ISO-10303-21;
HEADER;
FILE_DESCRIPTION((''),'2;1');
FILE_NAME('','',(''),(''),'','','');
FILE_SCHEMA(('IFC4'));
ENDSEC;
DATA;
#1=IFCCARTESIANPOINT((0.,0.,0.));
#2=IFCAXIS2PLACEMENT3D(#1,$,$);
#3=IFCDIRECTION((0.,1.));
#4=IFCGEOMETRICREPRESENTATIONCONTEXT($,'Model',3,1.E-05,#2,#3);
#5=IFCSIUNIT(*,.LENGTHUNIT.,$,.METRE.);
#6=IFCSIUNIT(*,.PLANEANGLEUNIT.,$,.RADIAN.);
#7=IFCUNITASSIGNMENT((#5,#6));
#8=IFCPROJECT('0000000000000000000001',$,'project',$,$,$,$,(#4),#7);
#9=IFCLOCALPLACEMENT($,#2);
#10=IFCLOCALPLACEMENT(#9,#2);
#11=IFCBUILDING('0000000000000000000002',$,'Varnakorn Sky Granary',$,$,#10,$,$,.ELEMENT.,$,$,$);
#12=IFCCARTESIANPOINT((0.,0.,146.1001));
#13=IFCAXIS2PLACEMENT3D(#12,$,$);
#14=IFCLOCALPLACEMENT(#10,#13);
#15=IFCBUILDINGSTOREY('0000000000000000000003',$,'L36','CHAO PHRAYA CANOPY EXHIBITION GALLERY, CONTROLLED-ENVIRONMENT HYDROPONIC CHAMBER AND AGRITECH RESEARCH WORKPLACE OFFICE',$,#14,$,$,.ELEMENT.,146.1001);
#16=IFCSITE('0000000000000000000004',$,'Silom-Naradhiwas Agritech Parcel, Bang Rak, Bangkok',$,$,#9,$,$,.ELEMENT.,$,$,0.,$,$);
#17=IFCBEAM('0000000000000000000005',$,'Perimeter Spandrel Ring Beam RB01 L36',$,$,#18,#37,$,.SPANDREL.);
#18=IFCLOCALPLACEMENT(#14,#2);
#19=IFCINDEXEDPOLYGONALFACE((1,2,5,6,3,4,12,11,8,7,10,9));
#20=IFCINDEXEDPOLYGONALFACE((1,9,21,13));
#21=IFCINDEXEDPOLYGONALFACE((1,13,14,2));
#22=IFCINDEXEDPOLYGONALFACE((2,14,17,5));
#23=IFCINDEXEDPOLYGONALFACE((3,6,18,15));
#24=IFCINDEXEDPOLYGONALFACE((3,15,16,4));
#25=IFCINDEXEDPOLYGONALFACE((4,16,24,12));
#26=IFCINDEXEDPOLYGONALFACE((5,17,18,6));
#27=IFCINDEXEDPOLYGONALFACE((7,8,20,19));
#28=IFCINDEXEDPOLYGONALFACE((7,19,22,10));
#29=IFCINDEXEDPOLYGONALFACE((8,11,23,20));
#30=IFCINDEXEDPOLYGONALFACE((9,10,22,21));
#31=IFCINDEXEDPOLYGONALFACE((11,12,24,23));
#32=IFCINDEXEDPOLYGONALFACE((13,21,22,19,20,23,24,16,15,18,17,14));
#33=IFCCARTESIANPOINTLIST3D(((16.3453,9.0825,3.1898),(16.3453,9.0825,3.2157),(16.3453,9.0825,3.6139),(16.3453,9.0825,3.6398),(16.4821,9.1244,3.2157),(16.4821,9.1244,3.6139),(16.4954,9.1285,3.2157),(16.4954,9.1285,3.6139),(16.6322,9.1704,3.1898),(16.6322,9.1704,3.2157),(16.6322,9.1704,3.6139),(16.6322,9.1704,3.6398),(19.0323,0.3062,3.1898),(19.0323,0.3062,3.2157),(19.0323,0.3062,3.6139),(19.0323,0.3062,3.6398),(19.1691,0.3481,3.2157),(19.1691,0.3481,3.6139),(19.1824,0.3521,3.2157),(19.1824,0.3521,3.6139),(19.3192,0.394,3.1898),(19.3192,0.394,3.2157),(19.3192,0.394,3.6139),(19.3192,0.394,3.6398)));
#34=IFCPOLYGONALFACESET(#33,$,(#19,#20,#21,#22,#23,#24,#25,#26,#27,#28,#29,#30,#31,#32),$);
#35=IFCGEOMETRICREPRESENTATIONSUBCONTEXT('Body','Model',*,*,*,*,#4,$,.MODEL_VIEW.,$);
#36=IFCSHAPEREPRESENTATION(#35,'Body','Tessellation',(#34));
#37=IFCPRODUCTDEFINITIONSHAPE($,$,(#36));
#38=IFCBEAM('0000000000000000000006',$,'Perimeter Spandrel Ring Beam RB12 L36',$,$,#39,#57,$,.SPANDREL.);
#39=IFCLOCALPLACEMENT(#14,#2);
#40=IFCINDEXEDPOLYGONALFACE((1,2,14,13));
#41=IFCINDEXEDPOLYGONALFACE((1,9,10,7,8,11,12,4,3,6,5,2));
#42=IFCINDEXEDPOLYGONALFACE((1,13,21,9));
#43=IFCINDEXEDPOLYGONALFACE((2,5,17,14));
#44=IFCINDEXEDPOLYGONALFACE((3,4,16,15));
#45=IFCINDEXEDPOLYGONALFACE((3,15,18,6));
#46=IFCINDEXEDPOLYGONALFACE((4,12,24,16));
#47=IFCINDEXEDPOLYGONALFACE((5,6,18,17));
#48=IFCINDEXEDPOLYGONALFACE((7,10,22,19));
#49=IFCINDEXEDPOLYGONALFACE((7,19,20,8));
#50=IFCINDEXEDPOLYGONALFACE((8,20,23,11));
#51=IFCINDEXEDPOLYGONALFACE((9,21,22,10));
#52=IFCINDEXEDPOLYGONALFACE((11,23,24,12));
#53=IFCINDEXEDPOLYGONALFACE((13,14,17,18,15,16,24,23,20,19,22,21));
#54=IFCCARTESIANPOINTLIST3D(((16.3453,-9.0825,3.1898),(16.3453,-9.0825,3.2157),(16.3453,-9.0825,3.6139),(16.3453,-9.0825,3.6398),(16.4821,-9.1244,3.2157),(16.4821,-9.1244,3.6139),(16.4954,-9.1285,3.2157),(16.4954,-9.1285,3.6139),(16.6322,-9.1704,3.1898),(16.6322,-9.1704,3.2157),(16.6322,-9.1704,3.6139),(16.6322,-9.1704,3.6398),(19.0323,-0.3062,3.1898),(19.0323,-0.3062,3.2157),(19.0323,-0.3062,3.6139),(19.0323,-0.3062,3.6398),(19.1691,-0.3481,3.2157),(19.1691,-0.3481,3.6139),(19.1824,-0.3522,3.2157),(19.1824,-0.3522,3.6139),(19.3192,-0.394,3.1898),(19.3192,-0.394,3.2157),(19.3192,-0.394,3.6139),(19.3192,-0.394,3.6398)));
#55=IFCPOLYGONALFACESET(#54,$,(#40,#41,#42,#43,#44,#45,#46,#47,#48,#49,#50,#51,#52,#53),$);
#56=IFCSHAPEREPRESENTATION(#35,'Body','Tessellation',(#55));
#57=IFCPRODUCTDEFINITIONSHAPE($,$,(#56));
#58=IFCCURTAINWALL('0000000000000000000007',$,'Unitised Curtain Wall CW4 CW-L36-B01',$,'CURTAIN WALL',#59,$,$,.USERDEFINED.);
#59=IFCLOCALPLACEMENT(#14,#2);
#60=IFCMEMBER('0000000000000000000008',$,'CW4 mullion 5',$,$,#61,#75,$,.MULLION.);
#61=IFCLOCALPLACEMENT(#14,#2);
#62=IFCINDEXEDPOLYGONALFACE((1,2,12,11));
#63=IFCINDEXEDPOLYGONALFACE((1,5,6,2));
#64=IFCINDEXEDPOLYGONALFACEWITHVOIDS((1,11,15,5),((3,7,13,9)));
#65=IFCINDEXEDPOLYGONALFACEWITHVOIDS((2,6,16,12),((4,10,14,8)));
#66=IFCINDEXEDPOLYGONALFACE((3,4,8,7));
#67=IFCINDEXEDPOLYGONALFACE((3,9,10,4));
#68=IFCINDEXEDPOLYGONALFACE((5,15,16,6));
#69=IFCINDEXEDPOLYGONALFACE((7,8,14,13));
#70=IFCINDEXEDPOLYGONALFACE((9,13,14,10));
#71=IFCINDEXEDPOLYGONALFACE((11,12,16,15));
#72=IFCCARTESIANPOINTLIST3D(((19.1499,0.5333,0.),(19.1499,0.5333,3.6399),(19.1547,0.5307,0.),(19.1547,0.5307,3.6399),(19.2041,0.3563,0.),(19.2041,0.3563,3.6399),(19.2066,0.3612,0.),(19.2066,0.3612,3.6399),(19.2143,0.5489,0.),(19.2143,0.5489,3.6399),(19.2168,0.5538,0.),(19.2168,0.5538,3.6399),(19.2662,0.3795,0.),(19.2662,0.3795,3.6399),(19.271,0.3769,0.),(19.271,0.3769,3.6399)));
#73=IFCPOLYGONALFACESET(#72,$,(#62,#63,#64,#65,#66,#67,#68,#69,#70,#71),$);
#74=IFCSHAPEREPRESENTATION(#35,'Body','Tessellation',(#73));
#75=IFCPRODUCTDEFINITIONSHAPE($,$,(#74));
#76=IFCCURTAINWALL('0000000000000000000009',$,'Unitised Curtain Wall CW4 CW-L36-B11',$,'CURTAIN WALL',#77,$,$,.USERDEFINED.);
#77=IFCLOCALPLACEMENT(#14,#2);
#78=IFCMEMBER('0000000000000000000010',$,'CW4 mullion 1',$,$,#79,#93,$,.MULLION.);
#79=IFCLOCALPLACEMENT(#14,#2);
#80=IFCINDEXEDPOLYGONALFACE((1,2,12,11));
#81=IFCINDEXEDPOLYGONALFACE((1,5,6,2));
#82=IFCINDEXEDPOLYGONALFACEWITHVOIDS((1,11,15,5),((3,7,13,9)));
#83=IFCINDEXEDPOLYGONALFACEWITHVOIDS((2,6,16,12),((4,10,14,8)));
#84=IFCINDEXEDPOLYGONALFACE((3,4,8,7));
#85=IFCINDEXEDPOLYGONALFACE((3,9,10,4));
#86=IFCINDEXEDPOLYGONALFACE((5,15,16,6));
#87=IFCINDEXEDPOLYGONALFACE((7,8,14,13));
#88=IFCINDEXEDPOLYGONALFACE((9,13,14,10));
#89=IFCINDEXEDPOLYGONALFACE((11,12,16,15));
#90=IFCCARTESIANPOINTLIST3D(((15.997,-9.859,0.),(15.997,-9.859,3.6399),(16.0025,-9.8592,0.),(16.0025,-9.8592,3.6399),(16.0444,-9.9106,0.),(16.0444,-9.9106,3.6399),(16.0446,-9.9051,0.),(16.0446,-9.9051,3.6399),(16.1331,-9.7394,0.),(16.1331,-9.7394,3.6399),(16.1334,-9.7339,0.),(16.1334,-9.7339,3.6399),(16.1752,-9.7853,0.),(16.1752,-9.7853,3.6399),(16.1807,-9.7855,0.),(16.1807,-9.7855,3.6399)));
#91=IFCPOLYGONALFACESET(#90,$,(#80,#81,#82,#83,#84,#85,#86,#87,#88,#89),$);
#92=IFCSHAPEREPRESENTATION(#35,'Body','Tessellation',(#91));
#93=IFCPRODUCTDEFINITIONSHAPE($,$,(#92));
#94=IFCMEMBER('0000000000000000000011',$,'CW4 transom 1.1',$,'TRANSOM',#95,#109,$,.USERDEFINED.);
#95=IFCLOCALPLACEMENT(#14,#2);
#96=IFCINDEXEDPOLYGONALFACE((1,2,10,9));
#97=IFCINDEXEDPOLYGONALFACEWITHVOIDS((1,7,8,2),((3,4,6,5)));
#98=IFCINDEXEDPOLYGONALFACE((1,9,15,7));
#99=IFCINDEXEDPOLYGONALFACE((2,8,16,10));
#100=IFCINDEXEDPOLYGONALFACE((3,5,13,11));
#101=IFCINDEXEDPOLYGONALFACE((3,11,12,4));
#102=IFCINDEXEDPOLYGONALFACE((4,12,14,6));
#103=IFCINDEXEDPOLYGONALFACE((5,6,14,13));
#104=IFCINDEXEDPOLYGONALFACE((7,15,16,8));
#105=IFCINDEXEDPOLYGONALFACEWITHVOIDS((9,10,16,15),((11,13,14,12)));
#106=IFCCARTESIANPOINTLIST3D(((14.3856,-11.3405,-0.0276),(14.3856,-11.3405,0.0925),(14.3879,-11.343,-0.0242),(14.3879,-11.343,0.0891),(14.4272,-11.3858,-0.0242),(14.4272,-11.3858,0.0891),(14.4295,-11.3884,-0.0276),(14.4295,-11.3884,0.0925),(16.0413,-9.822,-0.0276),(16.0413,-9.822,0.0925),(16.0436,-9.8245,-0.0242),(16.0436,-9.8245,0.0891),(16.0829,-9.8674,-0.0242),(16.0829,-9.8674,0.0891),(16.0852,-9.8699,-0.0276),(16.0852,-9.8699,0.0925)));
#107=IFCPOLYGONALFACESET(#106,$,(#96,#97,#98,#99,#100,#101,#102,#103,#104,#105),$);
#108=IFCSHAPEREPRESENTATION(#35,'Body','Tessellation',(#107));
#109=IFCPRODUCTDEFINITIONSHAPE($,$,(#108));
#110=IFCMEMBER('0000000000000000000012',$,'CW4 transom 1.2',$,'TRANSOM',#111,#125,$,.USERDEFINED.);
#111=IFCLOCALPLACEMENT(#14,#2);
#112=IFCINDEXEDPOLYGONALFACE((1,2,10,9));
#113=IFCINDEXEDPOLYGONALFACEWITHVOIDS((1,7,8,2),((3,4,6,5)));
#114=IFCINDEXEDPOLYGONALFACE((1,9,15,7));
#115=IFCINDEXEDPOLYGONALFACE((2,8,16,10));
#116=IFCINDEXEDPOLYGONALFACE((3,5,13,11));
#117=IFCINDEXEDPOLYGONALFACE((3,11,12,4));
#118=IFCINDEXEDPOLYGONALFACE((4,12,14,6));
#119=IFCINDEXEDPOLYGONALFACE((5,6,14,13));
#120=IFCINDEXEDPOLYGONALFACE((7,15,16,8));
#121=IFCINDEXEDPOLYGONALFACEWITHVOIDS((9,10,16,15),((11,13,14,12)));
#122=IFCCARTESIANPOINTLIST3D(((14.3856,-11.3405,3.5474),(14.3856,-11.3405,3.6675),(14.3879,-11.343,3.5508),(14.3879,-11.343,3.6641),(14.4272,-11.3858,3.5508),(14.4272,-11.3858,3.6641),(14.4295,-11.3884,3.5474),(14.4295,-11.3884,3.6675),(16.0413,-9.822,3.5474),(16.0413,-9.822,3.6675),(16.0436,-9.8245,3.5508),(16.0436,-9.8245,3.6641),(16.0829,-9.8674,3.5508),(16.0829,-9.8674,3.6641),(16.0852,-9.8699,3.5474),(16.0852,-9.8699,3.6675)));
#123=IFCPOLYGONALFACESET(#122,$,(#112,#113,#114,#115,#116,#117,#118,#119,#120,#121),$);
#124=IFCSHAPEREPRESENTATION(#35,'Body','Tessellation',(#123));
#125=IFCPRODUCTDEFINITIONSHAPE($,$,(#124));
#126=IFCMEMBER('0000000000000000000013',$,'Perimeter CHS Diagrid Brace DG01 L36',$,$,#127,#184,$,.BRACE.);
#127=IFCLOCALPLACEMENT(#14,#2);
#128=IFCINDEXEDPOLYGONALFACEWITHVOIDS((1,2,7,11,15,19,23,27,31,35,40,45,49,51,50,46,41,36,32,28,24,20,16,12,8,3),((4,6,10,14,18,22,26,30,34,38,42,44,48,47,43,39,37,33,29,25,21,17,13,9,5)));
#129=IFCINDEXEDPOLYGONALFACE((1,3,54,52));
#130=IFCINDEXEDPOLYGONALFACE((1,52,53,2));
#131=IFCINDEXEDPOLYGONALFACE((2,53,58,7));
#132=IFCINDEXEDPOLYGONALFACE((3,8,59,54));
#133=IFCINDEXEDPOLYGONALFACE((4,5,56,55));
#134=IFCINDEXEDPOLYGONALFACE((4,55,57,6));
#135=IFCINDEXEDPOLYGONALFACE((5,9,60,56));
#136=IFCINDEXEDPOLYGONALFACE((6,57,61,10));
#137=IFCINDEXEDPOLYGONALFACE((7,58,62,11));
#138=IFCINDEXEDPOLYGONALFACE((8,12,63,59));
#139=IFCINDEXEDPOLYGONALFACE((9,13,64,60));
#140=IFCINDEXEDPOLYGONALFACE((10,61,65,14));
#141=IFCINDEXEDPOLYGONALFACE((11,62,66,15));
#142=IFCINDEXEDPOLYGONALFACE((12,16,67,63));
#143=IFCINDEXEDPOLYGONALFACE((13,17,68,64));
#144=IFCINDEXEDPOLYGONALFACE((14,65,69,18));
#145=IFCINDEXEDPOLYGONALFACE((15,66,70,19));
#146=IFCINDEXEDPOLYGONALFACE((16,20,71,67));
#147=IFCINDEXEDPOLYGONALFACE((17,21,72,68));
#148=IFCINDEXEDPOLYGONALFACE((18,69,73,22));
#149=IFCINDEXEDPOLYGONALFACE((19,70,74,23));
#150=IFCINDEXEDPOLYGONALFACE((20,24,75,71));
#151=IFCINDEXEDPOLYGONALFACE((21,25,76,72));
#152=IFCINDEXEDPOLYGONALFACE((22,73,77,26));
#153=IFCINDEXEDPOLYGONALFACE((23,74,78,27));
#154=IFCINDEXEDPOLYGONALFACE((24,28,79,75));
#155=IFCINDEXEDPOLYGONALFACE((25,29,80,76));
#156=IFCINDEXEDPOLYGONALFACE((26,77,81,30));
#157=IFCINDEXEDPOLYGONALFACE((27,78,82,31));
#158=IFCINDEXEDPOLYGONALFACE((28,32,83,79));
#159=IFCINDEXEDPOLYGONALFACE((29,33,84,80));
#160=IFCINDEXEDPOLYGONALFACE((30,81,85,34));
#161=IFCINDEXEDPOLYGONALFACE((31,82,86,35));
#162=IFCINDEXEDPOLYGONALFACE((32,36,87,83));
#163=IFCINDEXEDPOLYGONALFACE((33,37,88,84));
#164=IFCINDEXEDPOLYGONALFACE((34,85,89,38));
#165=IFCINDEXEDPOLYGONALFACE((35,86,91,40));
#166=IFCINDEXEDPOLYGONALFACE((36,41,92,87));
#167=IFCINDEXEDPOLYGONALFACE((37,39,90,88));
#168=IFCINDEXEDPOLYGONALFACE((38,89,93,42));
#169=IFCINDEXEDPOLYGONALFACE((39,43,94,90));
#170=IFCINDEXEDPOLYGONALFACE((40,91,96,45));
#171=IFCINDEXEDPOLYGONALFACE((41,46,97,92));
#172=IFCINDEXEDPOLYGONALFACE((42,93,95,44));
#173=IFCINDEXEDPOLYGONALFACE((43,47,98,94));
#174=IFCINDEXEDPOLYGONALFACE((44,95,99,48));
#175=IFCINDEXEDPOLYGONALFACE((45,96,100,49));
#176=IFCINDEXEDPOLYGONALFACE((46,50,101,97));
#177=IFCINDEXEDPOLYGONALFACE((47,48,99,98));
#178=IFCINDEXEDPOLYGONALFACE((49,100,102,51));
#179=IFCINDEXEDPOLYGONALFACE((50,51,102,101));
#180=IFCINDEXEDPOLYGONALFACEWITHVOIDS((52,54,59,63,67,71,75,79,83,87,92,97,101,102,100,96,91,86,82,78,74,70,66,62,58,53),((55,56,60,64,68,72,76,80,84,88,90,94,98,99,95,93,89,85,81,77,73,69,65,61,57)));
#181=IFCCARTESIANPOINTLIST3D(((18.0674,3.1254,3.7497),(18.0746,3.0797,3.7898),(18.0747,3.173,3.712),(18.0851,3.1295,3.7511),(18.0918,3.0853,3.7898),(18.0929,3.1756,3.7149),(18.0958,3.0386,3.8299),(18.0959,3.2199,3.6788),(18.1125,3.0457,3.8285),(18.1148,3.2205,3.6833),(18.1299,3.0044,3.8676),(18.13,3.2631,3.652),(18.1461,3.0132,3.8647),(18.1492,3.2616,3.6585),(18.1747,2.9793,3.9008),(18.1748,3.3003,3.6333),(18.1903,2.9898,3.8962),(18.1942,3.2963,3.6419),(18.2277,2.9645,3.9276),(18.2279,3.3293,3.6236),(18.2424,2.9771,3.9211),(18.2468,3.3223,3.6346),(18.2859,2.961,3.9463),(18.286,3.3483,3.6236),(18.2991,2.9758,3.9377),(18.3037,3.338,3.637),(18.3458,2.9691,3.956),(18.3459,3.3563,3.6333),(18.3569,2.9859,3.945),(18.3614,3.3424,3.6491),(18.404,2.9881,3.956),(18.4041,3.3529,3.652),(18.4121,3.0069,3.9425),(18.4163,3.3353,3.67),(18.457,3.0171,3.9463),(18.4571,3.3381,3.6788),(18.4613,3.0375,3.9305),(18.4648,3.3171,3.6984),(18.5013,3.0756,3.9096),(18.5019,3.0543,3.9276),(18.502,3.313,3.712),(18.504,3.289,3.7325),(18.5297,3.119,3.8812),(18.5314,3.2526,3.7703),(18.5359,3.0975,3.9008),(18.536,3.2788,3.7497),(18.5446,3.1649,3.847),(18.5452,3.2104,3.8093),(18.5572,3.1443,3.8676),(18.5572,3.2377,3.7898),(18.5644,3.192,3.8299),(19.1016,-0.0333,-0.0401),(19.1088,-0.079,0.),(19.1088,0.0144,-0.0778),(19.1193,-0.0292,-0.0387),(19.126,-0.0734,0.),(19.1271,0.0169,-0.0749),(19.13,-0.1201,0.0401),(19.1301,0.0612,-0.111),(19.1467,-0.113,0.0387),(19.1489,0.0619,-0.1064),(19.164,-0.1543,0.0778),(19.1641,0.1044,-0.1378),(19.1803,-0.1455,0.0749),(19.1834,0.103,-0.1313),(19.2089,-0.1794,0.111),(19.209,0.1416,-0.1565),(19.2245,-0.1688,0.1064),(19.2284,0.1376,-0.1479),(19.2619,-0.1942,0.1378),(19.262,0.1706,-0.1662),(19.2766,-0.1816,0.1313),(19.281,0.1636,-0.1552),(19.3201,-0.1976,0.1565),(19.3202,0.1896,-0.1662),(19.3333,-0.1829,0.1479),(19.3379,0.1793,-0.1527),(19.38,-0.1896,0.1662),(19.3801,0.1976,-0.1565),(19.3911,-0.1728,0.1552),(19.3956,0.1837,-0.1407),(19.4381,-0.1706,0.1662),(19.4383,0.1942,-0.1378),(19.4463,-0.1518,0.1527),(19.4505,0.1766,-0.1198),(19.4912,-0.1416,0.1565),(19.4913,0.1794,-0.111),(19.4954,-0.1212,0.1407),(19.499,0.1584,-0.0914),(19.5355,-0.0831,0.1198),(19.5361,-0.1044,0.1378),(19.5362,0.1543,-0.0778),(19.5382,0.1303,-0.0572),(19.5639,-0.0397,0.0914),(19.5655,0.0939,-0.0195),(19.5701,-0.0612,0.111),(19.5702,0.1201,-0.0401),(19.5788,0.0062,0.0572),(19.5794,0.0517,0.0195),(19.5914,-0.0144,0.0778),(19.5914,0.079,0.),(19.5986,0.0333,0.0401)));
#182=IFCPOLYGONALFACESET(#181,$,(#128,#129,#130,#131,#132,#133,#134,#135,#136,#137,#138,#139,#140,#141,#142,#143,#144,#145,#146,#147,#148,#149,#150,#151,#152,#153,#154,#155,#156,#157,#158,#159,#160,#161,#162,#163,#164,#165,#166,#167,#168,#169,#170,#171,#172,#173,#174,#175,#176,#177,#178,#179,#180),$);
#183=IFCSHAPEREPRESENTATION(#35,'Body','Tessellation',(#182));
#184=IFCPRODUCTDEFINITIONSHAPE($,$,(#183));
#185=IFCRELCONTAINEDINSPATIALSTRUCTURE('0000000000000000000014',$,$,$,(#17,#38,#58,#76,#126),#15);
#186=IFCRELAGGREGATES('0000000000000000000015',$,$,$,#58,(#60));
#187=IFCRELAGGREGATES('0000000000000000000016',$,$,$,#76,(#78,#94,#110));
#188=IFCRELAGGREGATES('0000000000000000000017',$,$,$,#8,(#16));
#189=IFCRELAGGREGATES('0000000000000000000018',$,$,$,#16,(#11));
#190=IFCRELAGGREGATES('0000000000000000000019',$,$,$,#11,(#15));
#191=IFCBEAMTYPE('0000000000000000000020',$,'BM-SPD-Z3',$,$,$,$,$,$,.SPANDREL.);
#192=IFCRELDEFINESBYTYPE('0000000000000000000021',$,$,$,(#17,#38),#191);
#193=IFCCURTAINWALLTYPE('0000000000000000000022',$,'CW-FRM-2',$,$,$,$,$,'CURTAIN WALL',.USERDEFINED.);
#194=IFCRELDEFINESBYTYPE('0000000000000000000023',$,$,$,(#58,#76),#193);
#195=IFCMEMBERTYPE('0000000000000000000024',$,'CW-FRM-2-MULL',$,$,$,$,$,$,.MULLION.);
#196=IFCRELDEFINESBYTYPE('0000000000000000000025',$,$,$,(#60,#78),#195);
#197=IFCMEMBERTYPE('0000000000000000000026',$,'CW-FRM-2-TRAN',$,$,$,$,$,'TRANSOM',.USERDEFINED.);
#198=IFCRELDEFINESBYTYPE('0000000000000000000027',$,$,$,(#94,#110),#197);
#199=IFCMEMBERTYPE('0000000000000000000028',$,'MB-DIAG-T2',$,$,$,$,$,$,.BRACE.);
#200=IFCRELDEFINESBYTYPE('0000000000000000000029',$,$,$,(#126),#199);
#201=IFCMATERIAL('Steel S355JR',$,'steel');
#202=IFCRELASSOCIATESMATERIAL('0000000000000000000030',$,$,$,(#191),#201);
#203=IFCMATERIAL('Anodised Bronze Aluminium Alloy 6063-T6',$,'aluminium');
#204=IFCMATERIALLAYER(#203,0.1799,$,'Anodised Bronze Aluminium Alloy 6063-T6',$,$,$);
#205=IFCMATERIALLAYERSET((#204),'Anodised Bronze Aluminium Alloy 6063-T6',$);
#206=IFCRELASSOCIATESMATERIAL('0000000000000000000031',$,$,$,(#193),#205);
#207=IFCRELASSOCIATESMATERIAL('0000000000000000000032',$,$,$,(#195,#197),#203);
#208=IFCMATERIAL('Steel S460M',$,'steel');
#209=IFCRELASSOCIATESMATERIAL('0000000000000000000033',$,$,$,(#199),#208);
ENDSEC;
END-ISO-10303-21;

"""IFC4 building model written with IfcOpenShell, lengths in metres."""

from ifc_helpers import new_model, si_unit, direction, frame, origin, origin_2d, place, context, subcontext, project, spatial, hollow_rectangle, hollow_circle, i_section, extrude, material, layer, layer_set, material_profile, profile_set, type_object, element, aggregate, save


model = new_model("IFC4")

# Units and contexts
model_context = context("Model", 3, precision=1e-05, world=origin(), true_north=direction((0.0, 1.0)))
body_context = subcontext(model_context, "Body", "Model", "MODEL_VIEW")
ifc_project = project(units=[si_unit("LENGTHUNIT", "METRE"), si_unit("PLANEANGLEUNIT", "RADIAN")], contexts=[model_context])

# Site, building, storey
site_placement = place(None, origin())
site = spatial("IfcSite", under=ifc_project, at=site_placement, Name="Silom-Naradhiwas Agritech Parcel, Bang Rak, Bangkok", CompositionType="ELEMENT", RefElevation=0.0)
building_placement = place(site_placement, origin())
building = spatial("IfcBuilding", under=site, at=building_placement, Name="Varnakorn Sky Granary", CompositionType="ELEMENT")
storey_placement = place(building_placement, frame((0.0, 0.0, 146.1001)))
storey = spatial("IfcBuildingStorey", under=building, at=storey_placement, Name="L36", Description="CHAO PHRAYA CANOPY EXHIBITION GALLERY, CONTROLLED-ENVIRONMENT HYDROPONIC CHAMBER AND AGRITECH RESEARCH WORKPLACE OFFICE", CompositionType="ELEMENT", Elevation=146.1001)

# Shared definitions
ifc_material_1 = material(Name="Steel S460M", Category="steel")

# Beams
ifc_material_2 = material(Name="Steel S355JR", Category="steel")
ifc_material_profile_1 = material_profile(ifc_material_2, i_section(OverallWidth=0.3, OverallDepth=0.45, WebThickness=0.0139, FlangeThickness=0.0259, at=origin_2d()), Name="HE 450 B")
ifc_profile_set_1 = profile_set([ifc_material_profile_1], Name="Steel S355JR")
beam_type_1 = type_object("IfcBeamType", Name="BM-SPD-Z3", PredefinedType="SPANDREL", material=ifc_profile_set_1)
for number, where, z_axis, x_axis, name in (
    (1, (19.1758, 0.3501, 3.4148), (-0.292751, 0.956189, 0.0), (-0.956189, -0.292751, 0.0), "Perimeter Spandrel Ring Beam RB01 L36"),
    (2, (16.4888, -9.1265, 3.4148), (0.292751, 0.956189, 0.0), (-0.956189, 0.292751, 0.0), "Perimeter Spandrel Ring Beam RB12 L36"),
):
    element("IfcBeam", number, at=place(storey_placement, frame(where, z_axis=z_axis, x_axis=x_axis)), inside=storey, type_object=beam_type_1, Name=name, PredefinedType="SPANDREL", context=body_context, shape_type="SweptSolid", body=[
        extrude(i_section(OverallWidth=0.3, OverallDepth=0.45, WebThickness=0.0139, FlangeThickness=0.0259, at=origin_2d()), origin(), (0.0, 0.0, 1.0), 9.1785),
    ])

# Curtain wall, member
ifc_material_3 = material(Name="Anodised Bronze Aluminium Alloy 6063-T6", Category="aluminium")
ifc_layer_1 = layer(ifc_material_3, 0.1799, Name="Anodised Bronze Aluminium Alloy 6063-T6")
ifc_layer_set_1 = layer_set([ifc_layer_1], Name="Anodised Bronze Aluminium Alloy 6063-T6")
curtain_wall_type = type_object("IfcCurtainWallType", Name="CW-FRM-2", ElementType="CURTAIN WALL", PredefinedType="USERDEFINED", material=ifc_layer_set_1)
curtain_wall_1_placement = place(storey_placement, origin())
curtain_wall_1 = element("IfcCurtainWall", 3, at=curtain_wall_1_placement, inside=storey, type_object=curtain_wall_type, Name="Unitised Curtain Wall CW4 CW-L36-B01", ObjectType="CURTAIN WALL", PredefinedType="USERDEFINED")
ifc_material_profile_2 = material_profile(ifc_material_3, hollow_rectangle(XDim=0.0701, YDim=0.1851, WallThickness=0.0039, at=origin_2d()), Name="ALU MULL 70x185")
ifc_profile_set_2 = profile_set([ifc_material_profile_2], Name="Anodised Bronze Aluminium Alloy 6063-T6")
member_type_1 = type_object("IfcMemberType", Name="CW-FRM-2-MULL", PredefinedType="MULLION", material=ifc_profile_set_2)
member_1_placement = place(storey_placement, frame((19.2104, 0.4551, 0.0), z_axis=(0.0, 0.0, 1.0), x_axis=(0.956145, 0.292893, 0.0)))
member_1 = element("IfcMember", 4, at=member_1_placement, type_object=member_type_1, Name="CW4 mullion 5", PredefinedType="MULLION", context=body_context, shape_type="SweptSolid", body=[
    extrude(hollow_rectangle(XDim=0.0701, YDim=0.1851, WallThickness=0.0039, at=origin_2d()), origin(), (0.0, 0.0, 1.0), 3.6399),
])
aggregate(curtain_wall_1, [member_1])

# Curtain wall, members
curtain_wall_2_placement = place(storey_placement, origin())
curtain_wall_2 = element("IfcCurtainWall", 5, at=curtain_wall_2_placement, inside=storey, type_object=curtain_wall_type, Name="Unitised Curtain Wall CW4 CW-L36-B11", ObjectType="CURTAIN WALL", PredefinedType="USERDEFINED")
member_2_placement = place(storey_placement, frame((16.0889, -9.8223, 0.0), z_axis=(0.0, 0.0, 1.0), x_axis=(0.67596, -0.736938, 0.0)))
member_2 = element("IfcMember", 6, at=member_2_placement, type_object=member_type_1, Name="CW4 mullion 1", PredefinedType="MULLION", context=body_context, shape_type="SweptSolid", body=[
    extrude(hollow_rectangle(XDim=0.0701, YDim=0.1851, WallThickness=0.0039, at=origin_2d()), origin(), (0.0, 0.0, 1.0), 3.6399),
])
ifc_material_profile_3 = material_profile(ifc_material_3, hollow_rectangle(XDim=0.0649, YDim=0.1201, WallThickness=0.0034, at=origin_2d()), Name="ALU TRAN 65x120")
ifc_profile_set_3 = profile_set([ifc_material_profile_3], Name="Anodised Bronze Aluminium Alloy 6063-T6")
member_type_2 = type_object("IfcMemberType", Name="CW-FRM-2-TRAN", ElementType="TRANSOM", PredefinedType="USERDEFINED", material=ifc_profile_set_3)
member_3_placement = place(storey_placement, frame((16.0632, -9.8459, 0.0325), z_axis=(-0.736983, -0.675912, 0.0), x_axis=(0.675912, -0.736983, 0.0)))
member_3 = element("IfcMember", 7, at=member_3_placement, type_object=member_type_2, Name="CW4 transom 1.1", ObjectType="TRANSOM", PredefinedType="USERDEFINED", context=body_context, shape_type="SweptSolid", body=[
    extrude(hollow_rectangle(XDim=0.0649, YDim=0.1201, WallThickness=0.0034, at=origin_2d()), origin(), (0.0, 0.0, 1.0), 2.2466),
])
member_4_placement = place(storey_placement, frame((16.0632, -9.8459, 3.6074), z_axis=(-0.736983, -0.675912, 0.0), x_axis=(0.675912, -0.736983, 0.0)))
member_4 = element("IfcMember", 8, at=member_4_placement, type_object=member_type_2, Name="CW4 transom 1.2", ObjectType="TRANSOM", PredefinedType="USERDEFINED", context=body_context, shape_type="SweptSolid", body=[
    extrude(hollow_rectangle(XDim=0.0649, YDim=0.1201, WallThickness=0.0034, at=origin_2d()), origin(), (0.0, 0.0, 1.0), 2.2466),
])
aggregate(curtain_wall_2, [member_2, member_3, member_4])

# Member
ifc_material_profile_4 = material_profile(ifc_material_1, hollow_circle(Radius=0.2539, WallThickness=0.0181, at=origin_2d()), Name="CHS 508x18")
ifc_profile_set_4 = profile_set([ifc_material_profile_4], Name="Steel S460M")
member_type_3 = type_object("IfcMemberType", Name="MB-DIAG-T2", PredefinedType="BRACE", material=ifc_profile_set_4)
for number, where, z_axis, x_axis, name in (
    (9, (19.3501, 0.0, 0.0), (-0.205163, 0.626628, 0.751828), (-0.950359, -0.311155, 0.0), "Perimeter CHS Diagrid Brace DG01 L36"),
):
    element("IfcMember", number, at=place(storey_placement, frame(where, z_axis=z_axis, x_axis=x_axis)), inside=storey, type_object=member_type_3, Name=name, PredefinedType="BRACE", context=body_context, shape_type="SweptSolid", body=[
        extrude(hollow_circle(Radius=0.2539, WallThickness=0.0181, at=origin_2d()), origin(), (0.0, 0.0, 1.0), 5.0408),
    ])

save(model, "model.ifc")
